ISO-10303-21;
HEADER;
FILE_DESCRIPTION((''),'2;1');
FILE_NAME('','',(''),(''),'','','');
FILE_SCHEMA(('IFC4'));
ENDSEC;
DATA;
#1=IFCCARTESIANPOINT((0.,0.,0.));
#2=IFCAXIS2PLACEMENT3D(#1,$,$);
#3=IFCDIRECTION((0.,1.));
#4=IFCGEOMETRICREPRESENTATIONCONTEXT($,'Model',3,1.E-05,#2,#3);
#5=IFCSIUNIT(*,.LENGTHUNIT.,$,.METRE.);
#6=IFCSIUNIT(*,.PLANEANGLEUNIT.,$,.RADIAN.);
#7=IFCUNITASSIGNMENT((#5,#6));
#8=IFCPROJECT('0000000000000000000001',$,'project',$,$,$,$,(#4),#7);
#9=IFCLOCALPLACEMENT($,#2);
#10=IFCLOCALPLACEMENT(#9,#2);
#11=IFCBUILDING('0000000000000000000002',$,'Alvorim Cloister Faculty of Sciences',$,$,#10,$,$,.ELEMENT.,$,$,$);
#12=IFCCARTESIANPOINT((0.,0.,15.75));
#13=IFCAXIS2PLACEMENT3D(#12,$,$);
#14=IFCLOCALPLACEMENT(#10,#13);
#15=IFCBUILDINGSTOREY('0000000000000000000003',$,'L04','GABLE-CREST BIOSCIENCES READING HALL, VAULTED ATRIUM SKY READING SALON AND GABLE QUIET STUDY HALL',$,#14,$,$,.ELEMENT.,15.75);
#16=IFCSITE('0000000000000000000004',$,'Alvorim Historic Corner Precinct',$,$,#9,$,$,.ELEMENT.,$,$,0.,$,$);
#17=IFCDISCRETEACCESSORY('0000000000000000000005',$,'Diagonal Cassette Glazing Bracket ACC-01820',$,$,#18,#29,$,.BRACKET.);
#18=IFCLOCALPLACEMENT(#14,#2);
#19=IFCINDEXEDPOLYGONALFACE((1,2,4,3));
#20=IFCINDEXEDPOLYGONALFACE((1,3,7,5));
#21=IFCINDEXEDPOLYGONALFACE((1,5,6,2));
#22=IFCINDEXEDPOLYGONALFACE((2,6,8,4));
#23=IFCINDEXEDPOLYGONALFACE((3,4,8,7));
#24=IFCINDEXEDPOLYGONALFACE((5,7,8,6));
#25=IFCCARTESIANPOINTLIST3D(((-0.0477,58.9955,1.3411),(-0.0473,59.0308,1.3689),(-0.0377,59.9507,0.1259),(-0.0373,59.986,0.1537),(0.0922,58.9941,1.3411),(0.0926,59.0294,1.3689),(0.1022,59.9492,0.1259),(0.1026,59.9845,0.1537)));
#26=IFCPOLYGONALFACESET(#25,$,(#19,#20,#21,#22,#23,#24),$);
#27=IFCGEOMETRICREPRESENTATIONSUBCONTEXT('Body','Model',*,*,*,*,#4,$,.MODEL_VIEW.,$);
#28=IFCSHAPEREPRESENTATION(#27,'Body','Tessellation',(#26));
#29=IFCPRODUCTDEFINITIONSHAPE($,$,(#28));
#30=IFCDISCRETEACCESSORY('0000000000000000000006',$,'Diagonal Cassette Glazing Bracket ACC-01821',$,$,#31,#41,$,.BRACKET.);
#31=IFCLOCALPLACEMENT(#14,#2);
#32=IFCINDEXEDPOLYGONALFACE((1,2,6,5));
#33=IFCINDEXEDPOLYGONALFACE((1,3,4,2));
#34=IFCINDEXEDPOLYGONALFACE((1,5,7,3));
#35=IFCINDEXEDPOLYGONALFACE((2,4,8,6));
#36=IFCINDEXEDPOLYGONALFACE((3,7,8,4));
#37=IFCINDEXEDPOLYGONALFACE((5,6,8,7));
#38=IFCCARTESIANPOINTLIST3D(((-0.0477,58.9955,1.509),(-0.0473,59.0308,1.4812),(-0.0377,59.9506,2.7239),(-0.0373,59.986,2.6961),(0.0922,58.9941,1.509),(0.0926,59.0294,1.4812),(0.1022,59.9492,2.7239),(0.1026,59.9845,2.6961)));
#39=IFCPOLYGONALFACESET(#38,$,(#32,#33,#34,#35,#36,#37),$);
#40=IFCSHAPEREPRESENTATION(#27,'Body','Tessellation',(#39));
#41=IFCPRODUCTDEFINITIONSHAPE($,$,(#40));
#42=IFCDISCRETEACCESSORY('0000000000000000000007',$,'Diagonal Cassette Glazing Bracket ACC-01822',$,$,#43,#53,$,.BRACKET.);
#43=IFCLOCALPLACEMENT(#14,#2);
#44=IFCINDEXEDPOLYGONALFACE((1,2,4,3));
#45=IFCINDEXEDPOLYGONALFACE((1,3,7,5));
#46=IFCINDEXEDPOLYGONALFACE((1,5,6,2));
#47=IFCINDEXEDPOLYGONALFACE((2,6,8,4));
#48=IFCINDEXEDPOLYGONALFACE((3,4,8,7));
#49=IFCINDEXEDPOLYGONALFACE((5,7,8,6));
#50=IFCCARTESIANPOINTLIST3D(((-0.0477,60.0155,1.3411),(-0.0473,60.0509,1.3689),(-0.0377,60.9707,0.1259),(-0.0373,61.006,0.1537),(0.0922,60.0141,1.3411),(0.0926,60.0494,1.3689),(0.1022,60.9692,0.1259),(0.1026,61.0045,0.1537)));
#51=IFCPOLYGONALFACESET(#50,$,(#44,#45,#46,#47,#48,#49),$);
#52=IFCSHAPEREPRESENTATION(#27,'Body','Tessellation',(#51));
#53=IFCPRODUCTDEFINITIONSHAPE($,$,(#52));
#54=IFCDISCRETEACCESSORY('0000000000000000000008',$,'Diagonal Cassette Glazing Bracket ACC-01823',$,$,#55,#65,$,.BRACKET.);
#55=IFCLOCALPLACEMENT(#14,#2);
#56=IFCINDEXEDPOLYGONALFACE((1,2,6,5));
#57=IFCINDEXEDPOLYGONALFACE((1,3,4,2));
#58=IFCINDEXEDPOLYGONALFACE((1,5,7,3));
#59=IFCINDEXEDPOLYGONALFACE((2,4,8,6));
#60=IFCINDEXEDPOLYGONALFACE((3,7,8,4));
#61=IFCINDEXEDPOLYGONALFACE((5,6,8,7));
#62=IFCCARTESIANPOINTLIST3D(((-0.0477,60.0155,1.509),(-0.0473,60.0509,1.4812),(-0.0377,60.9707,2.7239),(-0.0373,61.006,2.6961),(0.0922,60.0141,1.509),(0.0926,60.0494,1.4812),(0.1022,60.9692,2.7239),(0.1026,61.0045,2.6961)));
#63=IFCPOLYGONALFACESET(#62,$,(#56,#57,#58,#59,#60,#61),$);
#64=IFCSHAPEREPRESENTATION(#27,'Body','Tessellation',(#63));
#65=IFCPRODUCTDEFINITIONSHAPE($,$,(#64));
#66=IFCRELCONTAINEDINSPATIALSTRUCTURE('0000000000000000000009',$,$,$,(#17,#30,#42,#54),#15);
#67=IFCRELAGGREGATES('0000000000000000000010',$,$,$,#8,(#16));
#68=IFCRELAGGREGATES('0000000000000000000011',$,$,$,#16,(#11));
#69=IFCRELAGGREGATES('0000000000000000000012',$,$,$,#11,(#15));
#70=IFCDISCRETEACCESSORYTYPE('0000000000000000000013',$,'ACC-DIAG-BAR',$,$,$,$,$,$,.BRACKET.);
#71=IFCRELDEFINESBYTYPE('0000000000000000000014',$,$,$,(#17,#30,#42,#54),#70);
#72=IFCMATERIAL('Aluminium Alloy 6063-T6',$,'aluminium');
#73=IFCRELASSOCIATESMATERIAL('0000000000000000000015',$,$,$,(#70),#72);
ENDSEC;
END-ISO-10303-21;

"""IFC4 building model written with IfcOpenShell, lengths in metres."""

from ifc_helpers import new_model, si_unit, direction, frame, origin, origin_2d, place, context, subcontext, project, spatial, rectangle, extrude, material, type_object, element, save


model = new_model("IFC4")

# Units and contexts
model_context = context("Model", 3, precision=1e-05, world=origin(), true_north=direction((0.0, 1.0)))
body_context = subcontext(model_context, "Body", "Model", "MODEL_VIEW")
ifc_project = project(units=[si_unit("LENGTHUNIT", "METRE"), si_unit("PLANEANGLEUNIT", "RADIAN")], contexts=[model_context])

# Site, building, storey
site_placement = place(None, origin())
site = spatial("IfcSite", under=ifc_project, at=site_placement, Name="Alvorim Historic Corner Precinct", CompositionType="ELEMENT", RefElevation=0.0)
building_placement = place(site_placement, origin())
building = spatial("IfcBuilding", under=site, at=building_placement, Name="Alvorim Cloister Faculty of Sciences", CompositionType="ELEMENT")
storey_placement = place(building_placement, frame((0.0, 0.0, 15.75)))
storey = spatial("IfcBuildingStorey", under=building, at=storey_placement, Name="L04", Description="GABLE-CREST BIOSCIENCES READING HALL, VAULTED ATRIUM SKY READING SALON AND GABLE QUIET STUDY HALL", CompositionType="ELEMENT", Elevation=15.75)

# Shared definitions
ifc_material_1 = material(Name="Aluminium Alloy 6063-T6", Category="aluminium")

# Discrete accessories
discrete_accessory_type = type_object("IfcDiscreteAccessoryType", Name="ACC-DIAG-BAR", PredefinedType="BRACKET", material=ifc_material_1)
discrete_accessory_1_placement = place(storey_placement, frame((0.0225, 59.0125, 1.355), z_axis=(0.006477, 0.617955, -0.786187), x_axis=(-0.999945, 0.01048, 0.0)))
element("IfcDiscreteAccessory", 1, at=discrete_accessory_1_placement, inside=storey, type_object=discrete_accessory_type, Name="Diagonal Cassette Glazing Bracket ACC-01820", PredefinedType="BRACKET", context=body_context, shape_type="SweptSolid", body=[
    extrude(rectangle(XDim=0.1399, YDim=0.0449, at=origin_2d()), origin(), (0.0, 0.0, 1.0), 1.5457),
])
discrete_accessory_2_placement = place(storey_placement, frame((0.0225, 59.0125, 1.4951), z_axis=(0.006477, 0.618032, 0.786126), x_axis=(-0.999945, 0.01048, 0.0)))
element("IfcDiscreteAccessory", 2, at=discrete_accessory_2_placement, inside=storey, type_object=discrete_accessory_type, Name="Diagonal Cassette Glazing Bracket ACC-01821", PredefinedType="BRACKET", context=body_context, shape_type="SweptSolid", body=[
    extrude(rectangle(XDim=0.1399, YDim=0.0449, at=origin_2d()), origin(), (0.0, 0.0, 1.0), 1.5454),
])
discrete_accessory_3_placement = place(storey_placement, frame((0.0225, 60.0325, 1.355), z_axis=(0.006477, 0.617955, -0.786187), x_axis=(-0.999945, 0.01048, 0.0)))
element("IfcDiscreteAccessory", 3, at=discrete_accessory_3_placement, inside=storey, type_object=discrete_accessory_type, Name="Diagonal Cassette Glazing Bracket ACC-01822", PredefinedType="BRACKET", context=body_context, shape_type="SweptSolid", body=[
    extrude(rectangle(XDim=0.1399, YDim=0.0449, at=origin_2d()), origin(), (0.0, 0.0, 1.0), 1.5457),
])
discrete_accessory_4_placement = place(storey_placement, frame((0.0225, 60.0325, 1.4951), z_axis=(0.006477, 0.618032, 0.786126), x_axis=(-0.999945, 0.01048, 0.0)))
element("IfcDiscreteAccessory", 4, at=discrete_accessory_4_placement, inside=storey, type_object=discrete_accessory_type, Name="Diagonal Cassette Glazing Bracket ACC-01823", PredefinedType="BRACKET", context=body_context, shape_type="SweptSolid", body=[
    extrude(rectangle(XDim=0.1399, YDim=0.0449, at=origin_2d()), origin(), (0.0, 0.0, 1.0), 1.5454),
])

save(model, "model.ifc")
